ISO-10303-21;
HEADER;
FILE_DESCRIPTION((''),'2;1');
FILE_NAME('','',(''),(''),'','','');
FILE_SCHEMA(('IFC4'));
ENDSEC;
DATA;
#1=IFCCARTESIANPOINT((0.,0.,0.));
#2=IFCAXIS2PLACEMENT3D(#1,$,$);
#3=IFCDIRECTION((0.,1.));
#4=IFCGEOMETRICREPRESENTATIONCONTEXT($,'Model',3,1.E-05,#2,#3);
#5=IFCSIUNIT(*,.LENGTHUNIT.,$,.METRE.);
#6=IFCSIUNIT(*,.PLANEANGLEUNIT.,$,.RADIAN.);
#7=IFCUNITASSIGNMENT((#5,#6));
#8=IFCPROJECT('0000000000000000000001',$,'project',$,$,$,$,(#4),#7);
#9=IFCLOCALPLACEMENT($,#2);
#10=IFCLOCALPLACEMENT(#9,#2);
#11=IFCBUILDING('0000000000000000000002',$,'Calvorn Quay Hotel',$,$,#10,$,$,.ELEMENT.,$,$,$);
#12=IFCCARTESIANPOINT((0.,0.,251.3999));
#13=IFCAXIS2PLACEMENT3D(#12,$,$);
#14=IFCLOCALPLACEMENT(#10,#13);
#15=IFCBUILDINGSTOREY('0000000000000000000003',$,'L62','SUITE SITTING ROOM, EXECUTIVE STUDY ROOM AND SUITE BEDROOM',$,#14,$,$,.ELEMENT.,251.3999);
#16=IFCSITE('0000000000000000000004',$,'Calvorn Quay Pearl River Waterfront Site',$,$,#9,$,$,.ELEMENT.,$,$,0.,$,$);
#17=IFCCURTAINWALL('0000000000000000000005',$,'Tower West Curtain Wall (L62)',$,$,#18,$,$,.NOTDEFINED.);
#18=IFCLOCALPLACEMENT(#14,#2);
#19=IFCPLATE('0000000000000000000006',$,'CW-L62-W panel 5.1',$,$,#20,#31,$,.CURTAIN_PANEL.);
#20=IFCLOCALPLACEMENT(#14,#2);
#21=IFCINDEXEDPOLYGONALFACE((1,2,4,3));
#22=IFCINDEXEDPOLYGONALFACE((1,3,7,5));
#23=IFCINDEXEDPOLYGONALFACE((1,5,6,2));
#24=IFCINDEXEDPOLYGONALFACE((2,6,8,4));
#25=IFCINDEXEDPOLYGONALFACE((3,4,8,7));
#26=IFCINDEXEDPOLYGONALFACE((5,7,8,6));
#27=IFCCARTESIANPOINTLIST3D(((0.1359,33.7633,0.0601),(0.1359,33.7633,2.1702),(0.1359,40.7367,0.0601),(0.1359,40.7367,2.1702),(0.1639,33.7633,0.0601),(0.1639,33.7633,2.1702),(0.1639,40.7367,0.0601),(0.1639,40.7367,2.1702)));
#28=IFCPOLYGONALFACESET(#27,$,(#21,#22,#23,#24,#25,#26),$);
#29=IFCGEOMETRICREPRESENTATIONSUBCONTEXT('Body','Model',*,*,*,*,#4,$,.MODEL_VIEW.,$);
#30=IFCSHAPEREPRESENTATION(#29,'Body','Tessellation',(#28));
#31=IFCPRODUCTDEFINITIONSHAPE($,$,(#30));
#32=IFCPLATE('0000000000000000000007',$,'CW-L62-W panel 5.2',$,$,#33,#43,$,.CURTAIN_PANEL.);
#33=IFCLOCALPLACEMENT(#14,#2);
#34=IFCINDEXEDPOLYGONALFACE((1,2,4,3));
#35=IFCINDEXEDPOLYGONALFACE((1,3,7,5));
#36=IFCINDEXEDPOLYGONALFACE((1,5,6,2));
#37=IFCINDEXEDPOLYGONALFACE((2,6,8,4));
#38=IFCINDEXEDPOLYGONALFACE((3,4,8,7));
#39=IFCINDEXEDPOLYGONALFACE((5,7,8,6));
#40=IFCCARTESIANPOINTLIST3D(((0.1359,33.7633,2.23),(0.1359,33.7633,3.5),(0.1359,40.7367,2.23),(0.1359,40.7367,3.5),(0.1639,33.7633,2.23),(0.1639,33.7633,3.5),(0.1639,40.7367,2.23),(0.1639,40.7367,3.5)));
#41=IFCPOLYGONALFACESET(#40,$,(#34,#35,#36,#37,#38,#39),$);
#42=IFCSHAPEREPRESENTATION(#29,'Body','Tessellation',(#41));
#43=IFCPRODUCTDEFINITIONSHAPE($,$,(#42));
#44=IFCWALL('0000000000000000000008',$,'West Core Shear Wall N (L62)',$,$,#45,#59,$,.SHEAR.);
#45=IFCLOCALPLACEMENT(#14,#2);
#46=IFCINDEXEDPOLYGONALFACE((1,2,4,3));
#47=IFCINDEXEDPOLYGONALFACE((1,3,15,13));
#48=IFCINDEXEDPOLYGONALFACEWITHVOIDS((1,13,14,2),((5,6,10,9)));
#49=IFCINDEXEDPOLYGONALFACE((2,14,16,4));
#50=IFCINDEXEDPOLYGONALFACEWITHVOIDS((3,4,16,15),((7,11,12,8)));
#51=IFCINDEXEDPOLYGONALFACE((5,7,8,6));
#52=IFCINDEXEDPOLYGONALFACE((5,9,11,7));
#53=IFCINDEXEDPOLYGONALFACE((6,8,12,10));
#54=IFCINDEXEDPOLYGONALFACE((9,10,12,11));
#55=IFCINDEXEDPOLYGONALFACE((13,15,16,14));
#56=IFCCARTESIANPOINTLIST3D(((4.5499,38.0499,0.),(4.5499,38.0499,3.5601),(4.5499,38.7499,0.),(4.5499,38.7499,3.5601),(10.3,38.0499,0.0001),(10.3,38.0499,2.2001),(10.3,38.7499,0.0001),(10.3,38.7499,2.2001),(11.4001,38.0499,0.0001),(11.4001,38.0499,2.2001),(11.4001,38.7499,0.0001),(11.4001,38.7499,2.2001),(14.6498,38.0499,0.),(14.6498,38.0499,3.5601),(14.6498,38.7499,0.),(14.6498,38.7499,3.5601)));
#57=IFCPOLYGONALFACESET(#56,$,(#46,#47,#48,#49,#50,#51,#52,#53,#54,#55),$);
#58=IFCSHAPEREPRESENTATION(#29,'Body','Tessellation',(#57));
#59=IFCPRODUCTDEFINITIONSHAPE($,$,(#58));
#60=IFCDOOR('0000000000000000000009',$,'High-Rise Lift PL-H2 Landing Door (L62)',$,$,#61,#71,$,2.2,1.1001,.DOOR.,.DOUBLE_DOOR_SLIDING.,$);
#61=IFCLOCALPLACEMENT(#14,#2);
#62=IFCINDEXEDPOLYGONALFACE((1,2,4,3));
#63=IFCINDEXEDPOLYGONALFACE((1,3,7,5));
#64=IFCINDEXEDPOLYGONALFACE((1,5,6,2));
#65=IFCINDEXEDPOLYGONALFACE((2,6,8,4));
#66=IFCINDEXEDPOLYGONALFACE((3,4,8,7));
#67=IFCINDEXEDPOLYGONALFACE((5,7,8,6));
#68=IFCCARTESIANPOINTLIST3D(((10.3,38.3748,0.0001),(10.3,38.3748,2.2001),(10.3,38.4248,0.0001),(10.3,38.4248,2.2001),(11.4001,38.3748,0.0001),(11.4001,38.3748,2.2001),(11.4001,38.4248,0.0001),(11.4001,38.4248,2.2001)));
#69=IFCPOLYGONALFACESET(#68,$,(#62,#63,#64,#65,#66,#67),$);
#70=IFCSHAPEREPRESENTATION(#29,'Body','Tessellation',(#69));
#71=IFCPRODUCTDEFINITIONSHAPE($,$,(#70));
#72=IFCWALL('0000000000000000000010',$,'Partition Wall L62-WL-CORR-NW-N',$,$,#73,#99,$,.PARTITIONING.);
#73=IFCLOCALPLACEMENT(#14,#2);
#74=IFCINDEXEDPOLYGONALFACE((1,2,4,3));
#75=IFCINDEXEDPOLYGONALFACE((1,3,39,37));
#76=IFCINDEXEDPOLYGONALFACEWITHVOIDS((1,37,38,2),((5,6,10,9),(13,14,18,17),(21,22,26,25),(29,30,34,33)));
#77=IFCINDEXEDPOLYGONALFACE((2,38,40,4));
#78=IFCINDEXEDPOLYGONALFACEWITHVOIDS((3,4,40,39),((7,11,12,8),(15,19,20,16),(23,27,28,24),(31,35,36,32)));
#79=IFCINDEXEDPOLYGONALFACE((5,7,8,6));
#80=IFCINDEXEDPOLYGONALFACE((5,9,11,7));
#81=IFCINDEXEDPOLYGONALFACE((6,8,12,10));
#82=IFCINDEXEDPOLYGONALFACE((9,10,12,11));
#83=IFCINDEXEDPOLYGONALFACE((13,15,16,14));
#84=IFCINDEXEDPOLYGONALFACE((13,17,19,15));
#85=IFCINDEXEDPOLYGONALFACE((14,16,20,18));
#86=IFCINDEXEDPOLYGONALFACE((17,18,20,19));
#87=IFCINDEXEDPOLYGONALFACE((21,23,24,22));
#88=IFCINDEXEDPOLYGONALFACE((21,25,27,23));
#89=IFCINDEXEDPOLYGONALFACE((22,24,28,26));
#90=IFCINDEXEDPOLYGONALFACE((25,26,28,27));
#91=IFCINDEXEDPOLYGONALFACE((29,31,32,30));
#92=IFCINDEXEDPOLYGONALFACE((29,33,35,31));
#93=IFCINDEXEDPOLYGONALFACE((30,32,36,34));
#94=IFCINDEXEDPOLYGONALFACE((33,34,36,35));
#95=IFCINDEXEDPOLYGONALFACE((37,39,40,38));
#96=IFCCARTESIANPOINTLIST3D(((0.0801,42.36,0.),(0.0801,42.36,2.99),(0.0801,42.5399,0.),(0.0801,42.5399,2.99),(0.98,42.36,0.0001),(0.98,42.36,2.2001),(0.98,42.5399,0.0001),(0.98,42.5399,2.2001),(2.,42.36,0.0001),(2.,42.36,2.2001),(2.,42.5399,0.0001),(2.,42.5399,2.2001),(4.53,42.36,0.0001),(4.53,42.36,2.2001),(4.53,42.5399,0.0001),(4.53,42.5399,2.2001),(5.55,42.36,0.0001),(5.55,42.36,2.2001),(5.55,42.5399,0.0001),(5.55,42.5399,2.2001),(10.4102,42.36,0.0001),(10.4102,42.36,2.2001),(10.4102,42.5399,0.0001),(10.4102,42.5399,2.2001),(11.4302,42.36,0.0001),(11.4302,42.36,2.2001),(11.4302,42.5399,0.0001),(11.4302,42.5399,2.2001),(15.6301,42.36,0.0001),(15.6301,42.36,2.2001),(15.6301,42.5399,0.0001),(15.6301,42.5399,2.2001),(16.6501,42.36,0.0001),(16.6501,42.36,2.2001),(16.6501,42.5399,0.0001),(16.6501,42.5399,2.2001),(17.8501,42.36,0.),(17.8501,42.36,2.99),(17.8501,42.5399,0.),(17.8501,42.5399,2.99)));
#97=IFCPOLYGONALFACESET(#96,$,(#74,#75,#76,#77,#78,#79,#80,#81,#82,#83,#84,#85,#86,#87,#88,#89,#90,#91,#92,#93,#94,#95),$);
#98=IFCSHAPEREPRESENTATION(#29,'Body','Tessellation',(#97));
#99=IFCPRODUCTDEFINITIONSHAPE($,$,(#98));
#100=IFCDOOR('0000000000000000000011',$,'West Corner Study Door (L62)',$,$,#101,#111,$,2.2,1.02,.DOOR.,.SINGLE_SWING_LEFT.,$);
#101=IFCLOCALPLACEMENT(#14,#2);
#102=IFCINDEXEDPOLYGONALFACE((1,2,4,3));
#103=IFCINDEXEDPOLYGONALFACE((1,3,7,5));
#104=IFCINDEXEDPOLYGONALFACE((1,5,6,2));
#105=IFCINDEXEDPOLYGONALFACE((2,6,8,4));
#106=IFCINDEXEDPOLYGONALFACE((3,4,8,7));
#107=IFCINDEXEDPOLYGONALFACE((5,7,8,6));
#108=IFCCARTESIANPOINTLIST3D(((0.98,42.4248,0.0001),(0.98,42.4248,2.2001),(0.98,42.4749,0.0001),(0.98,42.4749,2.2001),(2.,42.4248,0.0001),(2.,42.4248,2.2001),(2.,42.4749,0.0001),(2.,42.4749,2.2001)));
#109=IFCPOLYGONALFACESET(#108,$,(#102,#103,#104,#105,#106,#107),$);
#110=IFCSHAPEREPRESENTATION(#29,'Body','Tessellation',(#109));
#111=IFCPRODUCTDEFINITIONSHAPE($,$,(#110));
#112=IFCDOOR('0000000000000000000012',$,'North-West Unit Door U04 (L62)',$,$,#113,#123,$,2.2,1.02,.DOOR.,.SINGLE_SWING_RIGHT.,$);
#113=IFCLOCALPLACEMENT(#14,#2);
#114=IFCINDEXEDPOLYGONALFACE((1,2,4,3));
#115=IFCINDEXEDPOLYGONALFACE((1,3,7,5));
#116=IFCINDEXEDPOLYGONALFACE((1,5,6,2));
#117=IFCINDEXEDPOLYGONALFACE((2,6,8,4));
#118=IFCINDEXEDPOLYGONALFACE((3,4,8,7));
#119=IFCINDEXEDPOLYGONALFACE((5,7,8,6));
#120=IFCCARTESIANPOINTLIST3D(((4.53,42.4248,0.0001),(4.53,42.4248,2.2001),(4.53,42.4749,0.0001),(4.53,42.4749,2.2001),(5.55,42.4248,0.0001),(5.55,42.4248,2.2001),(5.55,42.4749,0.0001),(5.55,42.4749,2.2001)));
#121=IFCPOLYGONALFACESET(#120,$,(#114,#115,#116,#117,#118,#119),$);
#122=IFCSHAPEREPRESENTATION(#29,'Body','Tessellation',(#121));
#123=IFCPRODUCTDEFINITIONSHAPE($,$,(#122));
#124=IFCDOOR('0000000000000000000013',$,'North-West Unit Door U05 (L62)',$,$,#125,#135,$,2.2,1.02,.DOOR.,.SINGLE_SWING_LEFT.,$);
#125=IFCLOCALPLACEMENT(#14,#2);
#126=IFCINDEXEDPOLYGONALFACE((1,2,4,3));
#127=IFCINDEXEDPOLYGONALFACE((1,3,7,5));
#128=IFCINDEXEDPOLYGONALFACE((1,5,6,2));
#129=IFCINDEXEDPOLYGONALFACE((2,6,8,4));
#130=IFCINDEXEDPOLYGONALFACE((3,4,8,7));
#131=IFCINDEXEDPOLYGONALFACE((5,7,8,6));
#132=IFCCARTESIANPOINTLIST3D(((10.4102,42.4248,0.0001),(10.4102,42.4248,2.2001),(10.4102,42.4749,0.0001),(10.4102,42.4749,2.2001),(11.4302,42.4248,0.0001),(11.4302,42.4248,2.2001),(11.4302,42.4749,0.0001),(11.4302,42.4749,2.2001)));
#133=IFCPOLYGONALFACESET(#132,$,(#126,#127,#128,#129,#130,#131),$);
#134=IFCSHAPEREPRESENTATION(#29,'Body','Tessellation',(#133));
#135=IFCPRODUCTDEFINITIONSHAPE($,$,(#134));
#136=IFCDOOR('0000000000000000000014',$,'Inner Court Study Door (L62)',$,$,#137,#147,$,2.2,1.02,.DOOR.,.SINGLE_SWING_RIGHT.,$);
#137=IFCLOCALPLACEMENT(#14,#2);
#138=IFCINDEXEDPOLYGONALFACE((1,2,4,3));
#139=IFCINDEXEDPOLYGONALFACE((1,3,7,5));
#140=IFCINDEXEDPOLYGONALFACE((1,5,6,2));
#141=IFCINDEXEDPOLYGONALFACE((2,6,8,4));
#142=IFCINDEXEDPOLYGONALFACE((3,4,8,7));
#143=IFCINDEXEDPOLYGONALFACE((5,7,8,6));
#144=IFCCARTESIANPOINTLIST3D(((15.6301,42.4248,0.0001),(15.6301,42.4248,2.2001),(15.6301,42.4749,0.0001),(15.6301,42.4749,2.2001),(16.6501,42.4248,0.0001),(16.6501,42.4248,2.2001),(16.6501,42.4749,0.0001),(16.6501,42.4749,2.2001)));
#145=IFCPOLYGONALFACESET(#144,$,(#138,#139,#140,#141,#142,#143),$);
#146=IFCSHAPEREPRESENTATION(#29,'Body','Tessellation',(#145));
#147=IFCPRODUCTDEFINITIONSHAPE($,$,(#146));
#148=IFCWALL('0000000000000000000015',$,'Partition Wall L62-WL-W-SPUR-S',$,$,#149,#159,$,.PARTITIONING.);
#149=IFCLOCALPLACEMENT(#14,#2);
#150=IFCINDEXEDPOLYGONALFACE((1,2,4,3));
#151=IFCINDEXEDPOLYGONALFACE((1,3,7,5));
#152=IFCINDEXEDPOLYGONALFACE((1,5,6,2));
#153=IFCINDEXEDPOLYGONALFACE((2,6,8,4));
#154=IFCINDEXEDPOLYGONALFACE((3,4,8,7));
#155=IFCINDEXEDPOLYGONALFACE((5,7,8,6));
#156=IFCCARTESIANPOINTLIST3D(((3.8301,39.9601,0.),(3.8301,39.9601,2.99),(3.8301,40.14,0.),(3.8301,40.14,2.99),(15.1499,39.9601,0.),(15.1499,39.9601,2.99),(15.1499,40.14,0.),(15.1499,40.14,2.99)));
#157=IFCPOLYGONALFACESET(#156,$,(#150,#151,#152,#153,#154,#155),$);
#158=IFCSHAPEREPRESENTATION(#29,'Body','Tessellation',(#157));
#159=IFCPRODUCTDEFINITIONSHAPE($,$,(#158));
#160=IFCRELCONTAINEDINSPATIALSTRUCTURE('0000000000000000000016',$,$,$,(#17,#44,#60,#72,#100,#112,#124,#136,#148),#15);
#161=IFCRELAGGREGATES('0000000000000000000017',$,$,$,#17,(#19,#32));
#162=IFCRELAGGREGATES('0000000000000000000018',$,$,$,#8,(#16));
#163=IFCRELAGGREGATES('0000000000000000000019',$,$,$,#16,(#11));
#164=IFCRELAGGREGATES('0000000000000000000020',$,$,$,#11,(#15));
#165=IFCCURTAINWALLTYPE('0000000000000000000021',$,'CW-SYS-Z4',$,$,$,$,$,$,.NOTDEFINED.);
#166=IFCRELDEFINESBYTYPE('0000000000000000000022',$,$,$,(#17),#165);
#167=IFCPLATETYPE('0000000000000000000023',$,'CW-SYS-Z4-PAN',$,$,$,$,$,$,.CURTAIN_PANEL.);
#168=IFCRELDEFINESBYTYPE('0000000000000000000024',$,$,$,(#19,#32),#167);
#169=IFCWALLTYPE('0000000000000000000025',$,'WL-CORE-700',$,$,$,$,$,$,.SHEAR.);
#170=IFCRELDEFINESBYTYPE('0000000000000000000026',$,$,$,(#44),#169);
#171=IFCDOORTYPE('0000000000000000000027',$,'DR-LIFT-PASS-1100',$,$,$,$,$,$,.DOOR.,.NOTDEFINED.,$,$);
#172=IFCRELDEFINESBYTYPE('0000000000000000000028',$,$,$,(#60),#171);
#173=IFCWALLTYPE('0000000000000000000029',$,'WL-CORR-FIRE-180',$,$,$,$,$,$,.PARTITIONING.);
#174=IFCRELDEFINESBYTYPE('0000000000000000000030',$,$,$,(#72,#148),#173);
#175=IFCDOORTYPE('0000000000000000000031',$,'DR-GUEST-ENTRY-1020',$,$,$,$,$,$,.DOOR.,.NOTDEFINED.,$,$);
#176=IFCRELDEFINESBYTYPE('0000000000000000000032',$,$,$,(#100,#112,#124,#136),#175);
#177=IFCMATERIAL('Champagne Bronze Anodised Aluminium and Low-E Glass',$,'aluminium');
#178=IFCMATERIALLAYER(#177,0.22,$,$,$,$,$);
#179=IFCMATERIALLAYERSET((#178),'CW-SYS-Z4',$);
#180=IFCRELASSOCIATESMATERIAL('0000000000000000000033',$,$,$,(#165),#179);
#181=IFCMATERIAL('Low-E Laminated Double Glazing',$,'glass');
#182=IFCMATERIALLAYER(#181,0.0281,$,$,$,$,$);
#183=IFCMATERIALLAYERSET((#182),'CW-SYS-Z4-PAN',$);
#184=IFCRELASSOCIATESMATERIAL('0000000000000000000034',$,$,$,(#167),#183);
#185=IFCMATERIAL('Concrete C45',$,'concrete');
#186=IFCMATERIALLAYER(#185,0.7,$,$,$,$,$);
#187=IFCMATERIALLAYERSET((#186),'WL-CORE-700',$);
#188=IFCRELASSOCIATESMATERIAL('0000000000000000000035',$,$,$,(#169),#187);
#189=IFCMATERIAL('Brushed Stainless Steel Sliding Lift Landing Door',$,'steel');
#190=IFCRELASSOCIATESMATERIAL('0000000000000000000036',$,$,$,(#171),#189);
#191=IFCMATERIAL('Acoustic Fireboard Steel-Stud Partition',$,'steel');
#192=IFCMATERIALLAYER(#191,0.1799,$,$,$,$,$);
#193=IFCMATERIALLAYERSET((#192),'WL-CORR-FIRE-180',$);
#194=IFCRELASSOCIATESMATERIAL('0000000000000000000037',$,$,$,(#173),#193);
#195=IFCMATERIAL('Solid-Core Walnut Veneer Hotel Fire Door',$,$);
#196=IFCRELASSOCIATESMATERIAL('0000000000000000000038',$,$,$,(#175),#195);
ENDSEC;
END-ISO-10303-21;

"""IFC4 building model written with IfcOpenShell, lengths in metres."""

from ifc_helpers import new_model, si_unit, direction, frame, frame_2d, origin, origin_2d, place, context, subcontext, project, spatial, rectangle, extrude, material, layer, layer_set, type_object, element, fill, aggregate, save


model = new_model("IFC4")

# Units and contexts
model_context = context("Model", 3, precision=1e-05, world=origin(), true_north=direction((0.0, 1.0)))
body_context = subcontext(model_context, "Body", "Model", "MODEL_VIEW")
ifc_project = project(units=[si_unit("LENGTHUNIT", "METRE"), si_unit("PLANEANGLEUNIT", "RADIAN")], contexts=[model_context])

# Site, building, storey
site_placement = place(None, origin())
site = spatial("IfcSite", under=ifc_project, at=site_placement, Name="Calvorn Quay Pearl River Waterfront Site", CompositionType="ELEMENT", RefElevation=0.0)
building_placement = place(site_placement, origin())
building = spatial("IfcBuilding", under=site, at=building_placement, Name="Calvorn Quay Hotel", CompositionType="ELEMENT")
storey_placement = place(building_placement, frame((0.0, 0.0, 251.3999)))
storey = spatial("IfcBuildingStorey", under=building, at=storey_placement, Name="L62", Description="SUITE SITTING ROOM, EXECUTIVE STUDY ROOM AND SUITE BEDROOM", CompositionType="ELEMENT", Elevation=251.3999)

# Curtain wall, plates
ifc_material_1 = material(Name="Champagne Bronze Anodised Aluminium and Low-E Glass", Category="aluminium")
ifc_layer_1 = layer(ifc_material_1, 0.22)
ifc_layer_set_1 = layer_set([ifc_layer_1], Name="CW-SYS-Z4")
curtain_wall_type = type_object("IfcCurtainWallType", Name="CW-SYS-Z4", PredefinedType="NOTDEFINED", material=ifc_layer_set_1)
curtain_wall_placement = place(storey_placement, origin())
curtain_wall = element("IfcCurtainWall", 1, at=curtain_wall_placement, inside=storey, type_object=curtain_wall_type, Name="Tower West Curtain Wall (L62)", PredefinedType="NOTDEFINED")
ifc_material_2 = material(Name="Low-E Laminated Double Glazing", Category="glass")
ifc_layer_2 = layer(ifc_material_2, 0.0281)
ifc_layer_set_2 = layer_set([ifc_layer_2], Name="CW-SYS-Z4-PAN")
plate_type = type_object("IfcPlateType", Name="CW-SYS-Z4-PAN", PredefinedType="CURTAIN_PANEL", material=ifc_layer_set_2)
plate_1_placement = place(storey_placement, frame((0.1499, 37.25, 0.0601), z_axis=(0.0, 0.0, 1.0), x_axis=(0.0, 1.0, 0.0)))
plate_1 = element("IfcPlate", 2, at=plate_1_placement, type_object=plate_type, Name="CW-L62-W panel 5.1", PredefinedType="CURTAIN_PANEL", context=body_context, shape_type="SweptSolid", body=[
    extrude(rectangle(XDim=6.9734, YDim=0.0281, at=origin_2d()), origin(), (0.0, 0.0, 1.0), 2.1101),
])
plate_2_placement = place(storey_placement, frame((0.1499, 37.25, 2.23), z_axis=(0.0, 0.0, 1.0), x_axis=(0.0, 1.0, 0.0)))
plate_2 = element("IfcPlate", 3, at=plate_2_placement, type_object=plate_type, Name="CW-L62-W panel 5.2", PredefinedType="CURTAIN_PANEL", context=body_context, shape_type="SweptSolid", body=[
    extrude(rectangle(XDim=6.9734, YDim=0.0281, at=origin_2d()), origin(), (0.0, 0.0, 1.0), 1.27),
])
aggregate(curtain_wall, [plate_1, plate_2])

# Wall, opening, door
ifc_material_3 = material(Name="Concrete C45", Category="concrete")
ifc_layer_3 = layer(ifc_material_3, 0.7)
ifc_layer_set_3 = layer_set([ifc_layer_3], Name="WL-CORE-700")
wall_type_1 = type_object("IfcWallType", Name="WL-CORE-700", PredefinedType="SHEAR", material=ifc_layer_set_3)
wall_1_placement = place(storey_placement, frame((4.55, 38.3999, 0.0), z_axis=(0.0, 0.0, 1.0), x_axis=(1.0, 0.0, 0.0)))
wall_1 = element("IfcWall", 4, at=wall_1_placement, inside=storey, type_object=wall_type_1, Name="West Core Shear Wall N (L62)", PredefinedType="SHEAR", context=body_context, shape_type="SweptSolid", body=[
    extrude(rectangle(XDim=10.0999, YDim=0.7, at=frame_2d((5.0498, 0.0))), origin(), (0.0, 0.0, 1.0), 3.5601),
])
opening_1_placement = place(wall_1_placement, frame((5.75, 0.0, 0.0)))
opening_1 = element("IfcOpeningElement", 5, at=opening_1_placement, cuts=wall_1, PredefinedType="OPENING", context=body_context, shape_type="SweptSolid", body=[
    extrude(rectangle(XDim=1.1001, YDim=2.2, at=frame_2d((0.55, 1.1001))), frame((0.0, 0.3599, 0.0), z_axis=(0.0, -1.0, 0.0), x_axis=(1.0, 0.0, 0.0)), (0.0, 0.0, 1.0), 0.72),
])
ifc_material_4 = material(Name="Brushed Stainless Steel Sliding Lift Landing Door", Category="steel")
door_type_1 = type_object("IfcDoorType", Name="DR-LIFT-PASS-1100", OperationType="NOTDEFINED", PredefinedType="DOOR", material=ifc_material_4)
door_1_placement = place(opening_1_placement, origin())
door_1 = element("IfcDoor", 6, at=door_1_placement, inside=storey, type_object=door_type_1, Name="High-Rise Lift PL-H2 Landing Door (L62)", OperationType="DOUBLE_DOOR_SLIDING", OverallHeight=2.2, OverallWidth=1.1001, PredefinedType="DOOR", context=body_context, shape_type="SweptSolid", body=[
    extrude(rectangle(XDim=1.1001, YDim=2.2, at=frame_2d((0.55, 1.1001))), frame((0.0, 0.0249, 0.0), z_axis=(0.0, -1.0, 0.0), x_axis=(1.0, 0.0, 0.0)), (0.0, 0.0, 1.0), 0.05),
])
fill(opening_1, door_1)
ifc_material_5 = material(Name="Acoustic Fireboard Steel-Stud Partition", Category="steel")
ifc_layer_4 = layer(ifc_material_5, 0.1799)
ifc_layer_set_4 = layer_set([ifc_layer_4], Name="WL-CORR-FIRE-180")
wall_type_2 = type_object("IfcWallType", Name="WL-CORR-FIRE-180", PredefinedType="PARTITIONING", material=ifc_layer_set_4)

# Wall, openings, doors
wall_2_placement = place(storey_placement, frame((0.0801, 42.45, 0.0), z_axis=(0.0, 0.0, 1.0), x_axis=(1.0, 0.0, 0.0)))
wall_2 = element("IfcWall", 7, at=wall_2_placement, inside=storey, type_object=wall_type_2, Name="Partition Wall L62-WL-CORR-NW-N", PredefinedType="PARTITIONING", context=body_context, shape_type="SweptSolid", body=[
    extrude(rectangle(XDim=17.77, YDim=0.1799, at=frame_2d((8.885, 0.0))), origin(), (0.0, 0.0, 1.0), 2.99),
])
opening_2_placement = place(wall_2_placement, frame((0.8999, 0.0, 0.0)))
opening_2 = element("IfcOpeningElement", 8, at=opening_2_placement, cuts=wall_2, PredefinedType="OPENING", context=body_context, shape_type="SweptSolid", body=[
    extrude(rectangle(XDim=1.02, YDim=2.2, at=frame_2d((0.51, 1.1001))), frame((0.0, 0.0999, 0.0), z_axis=(0.0, -1.0, 0.0), x_axis=(1.0, 0.0, 0.0)), (0.0, 0.0, 1.0), 0.2),
])
opening_3_placement = place(wall_2_placement, frame((4.45, 0.0, 0.0)))
opening_3 = element("IfcOpeningElement", 9, at=opening_3_placement, cuts=wall_2, PredefinedType="OPENING", context=body_context, shape_type="SweptSolid", body=[
    extrude(rectangle(XDim=1.02, YDim=2.2, at=frame_2d((0.51, 1.1001))), frame((0.0, 0.0999, 0.0), z_axis=(0.0, -1.0, 0.0), x_axis=(1.0, 0.0, 0.0)), (0.0, 0.0, 1.0), 0.2),
])
opening_4_placement = place(wall_2_placement, frame((10.3301, 0.0, 0.0)))
opening_4 = element("IfcOpeningElement", 10, at=opening_4_placement, cuts=wall_2, PredefinedType="OPENING", context=body_context, shape_type="SweptSolid", body=[
    extrude(rectangle(XDim=1.02, YDim=2.2, at=frame_2d((0.51, 1.1001))), frame((0.0, 0.0999, 0.0), z_axis=(0.0, -1.0, 0.0), x_axis=(1.0, 0.0, 0.0)), (0.0, 0.0, 1.0), 0.2),
])
opening_5_placement = place(wall_2_placement, frame((15.55, 0.0, 0.0)))
opening_5 = element("IfcOpeningElement", 11, at=opening_5_placement, cuts=wall_2, PredefinedType="OPENING", context=body_context, shape_type="SweptSolid", body=[
    extrude(rectangle(XDim=1.02, YDim=2.2, at=frame_2d((0.51, 1.1001))), frame((0.0, 0.0999, 0.0), z_axis=(0.0, -1.0, 0.0), x_axis=(1.0, 0.0, 0.0)), (0.0, 0.0, 1.0), 0.2),
])
ifc_material_6 = material(Name="Solid-Core Walnut Veneer Hotel Fire Door")
door_type_2 = type_object("IfcDoorType", Name="DR-GUEST-ENTRY-1020", OperationType="NOTDEFINED", PredefinedType="DOOR", material=ifc_material_6)
door_2_placement = place(opening_2_placement, origin())
door_2 = element("IfcDoor", 12, at=door_2_placement, inside=storey, type_object=door_type_2, Name="West Corner Study Door (L62)", OperationType="SINGLE_SWING_LEFT", OverallHeight=2.2, OverallWidth=1.02, PredefinedType="DOOR", context=body_context, shape_type="SweptSolid", body=[
    extrude(rectangle(XDim=1.02, YDim=2.2, at=frame_2d((0.51, 1.1001))), frame((0.0, 0.0249, 0.0), z_axis=(0.0, -1.0, 0.0), x_axis=(1.0, 0.0, 0.0)), (0.0, 0.0, 1.0), 0.05),
])
fill(opening_2, door_2)
door_3_placement = place(opening_3_placement, origin())
door_3 = element("IfcDoor", 13, at=door_3_placement, inside=storey, type_object=door_type_2, Name="North-West Unit Door U04 (L62)", OperationType="SINGLE_SWING_RIGHT", OverallHeight=2.2, OverallWidth=1.02, PredefinedType="DOOR", context=body_context, shape_type="SweptSolid", body=[
    extrude(rectangle(XDim=1.02, YDim=2.2, at=frame_2d((0.51, 1.1001))), frame((0.0, 0.0249, 0.0), z_axis=(0.0, -1.0, 0.0), x_axis=(1.0, 0.0, 0.0)), (0.0, 0.0, 1.0), 0.05),
])
fill(opening_3, door_3)
door_4_placement = place(opening_4_placement, origin())
door_4 = element("IfcDoor", 14, at=door_4_placement, inside=storey, type_object=door_type_2, Name="North-West Unit Door U05 (L62)", OperationType="SINGLE_SWING_LEFT", OverallHeight=2.2, OverallWidth=1.02, PredefinedType="DOOR", context=body_context, shape_type="SweptSolid", body=[
    extrude(rectangle(XDim=1.02, YDim=2.2, at=frame_2d((0.51, 1.1001))), frame((0.0, 0.0249, 0.0), z_axis=(0.0, -1.0, 0.0), x_axis=(1.0, 0.0, 0.0)), (0.0, 0.0, 1.0), 0.05),
])
fill(opening_4, door_4)
door_5_placement = place(opening_5_placement, origin())
door_5 = element("IfcDoor", 15, at=door_5_placement, inside=storey, type_object=door_type_2, Name="Inner Court Study Door (L62)", OperationType="SINGLE_SWING_RIGHT", OverallHeight=2.2, OverallWidth=1.02, PredefinedType="DOOR", context=body_context, shape_type="SweptSolid", body=[
    extrude(rectangle(XDim=1.02, YDim=2.2, at=frame_2d((0.51, 1.1001))), frame((0.0, 0.0249, 0.0), z_axis=(0.0, -1.0, 0.0), x_axis=(1.0, 0.0, 0.0)), (0.0, 0.0, 1.0), 0.05),
])
fill(opening_5, door_5)

# Wall
wall_3_placement = place(storey_placement, frame((3.8301, 40.05, 0.0), z_axis=(0.0, 0.0, 1.0), x_axis=(1.0, 0.0, 0.0)))
element("IfcWall", 16, at=wall_3_placement, inside=storey, type_object=wall_type_2, Name="Partition Wall L62-WL-W-SPUR-S", PredefinedType="PARTITIONING", context=body_context, shape_type="SweptSolid", body=[
    extrude(rectangle(XDim=11.3198, YDim=0.1799, at=frame_2d((5.6599, 0.0))), origin(), (0.0, 0.0, 1.0), 2.99),
])

save(model, "model.ifc")
